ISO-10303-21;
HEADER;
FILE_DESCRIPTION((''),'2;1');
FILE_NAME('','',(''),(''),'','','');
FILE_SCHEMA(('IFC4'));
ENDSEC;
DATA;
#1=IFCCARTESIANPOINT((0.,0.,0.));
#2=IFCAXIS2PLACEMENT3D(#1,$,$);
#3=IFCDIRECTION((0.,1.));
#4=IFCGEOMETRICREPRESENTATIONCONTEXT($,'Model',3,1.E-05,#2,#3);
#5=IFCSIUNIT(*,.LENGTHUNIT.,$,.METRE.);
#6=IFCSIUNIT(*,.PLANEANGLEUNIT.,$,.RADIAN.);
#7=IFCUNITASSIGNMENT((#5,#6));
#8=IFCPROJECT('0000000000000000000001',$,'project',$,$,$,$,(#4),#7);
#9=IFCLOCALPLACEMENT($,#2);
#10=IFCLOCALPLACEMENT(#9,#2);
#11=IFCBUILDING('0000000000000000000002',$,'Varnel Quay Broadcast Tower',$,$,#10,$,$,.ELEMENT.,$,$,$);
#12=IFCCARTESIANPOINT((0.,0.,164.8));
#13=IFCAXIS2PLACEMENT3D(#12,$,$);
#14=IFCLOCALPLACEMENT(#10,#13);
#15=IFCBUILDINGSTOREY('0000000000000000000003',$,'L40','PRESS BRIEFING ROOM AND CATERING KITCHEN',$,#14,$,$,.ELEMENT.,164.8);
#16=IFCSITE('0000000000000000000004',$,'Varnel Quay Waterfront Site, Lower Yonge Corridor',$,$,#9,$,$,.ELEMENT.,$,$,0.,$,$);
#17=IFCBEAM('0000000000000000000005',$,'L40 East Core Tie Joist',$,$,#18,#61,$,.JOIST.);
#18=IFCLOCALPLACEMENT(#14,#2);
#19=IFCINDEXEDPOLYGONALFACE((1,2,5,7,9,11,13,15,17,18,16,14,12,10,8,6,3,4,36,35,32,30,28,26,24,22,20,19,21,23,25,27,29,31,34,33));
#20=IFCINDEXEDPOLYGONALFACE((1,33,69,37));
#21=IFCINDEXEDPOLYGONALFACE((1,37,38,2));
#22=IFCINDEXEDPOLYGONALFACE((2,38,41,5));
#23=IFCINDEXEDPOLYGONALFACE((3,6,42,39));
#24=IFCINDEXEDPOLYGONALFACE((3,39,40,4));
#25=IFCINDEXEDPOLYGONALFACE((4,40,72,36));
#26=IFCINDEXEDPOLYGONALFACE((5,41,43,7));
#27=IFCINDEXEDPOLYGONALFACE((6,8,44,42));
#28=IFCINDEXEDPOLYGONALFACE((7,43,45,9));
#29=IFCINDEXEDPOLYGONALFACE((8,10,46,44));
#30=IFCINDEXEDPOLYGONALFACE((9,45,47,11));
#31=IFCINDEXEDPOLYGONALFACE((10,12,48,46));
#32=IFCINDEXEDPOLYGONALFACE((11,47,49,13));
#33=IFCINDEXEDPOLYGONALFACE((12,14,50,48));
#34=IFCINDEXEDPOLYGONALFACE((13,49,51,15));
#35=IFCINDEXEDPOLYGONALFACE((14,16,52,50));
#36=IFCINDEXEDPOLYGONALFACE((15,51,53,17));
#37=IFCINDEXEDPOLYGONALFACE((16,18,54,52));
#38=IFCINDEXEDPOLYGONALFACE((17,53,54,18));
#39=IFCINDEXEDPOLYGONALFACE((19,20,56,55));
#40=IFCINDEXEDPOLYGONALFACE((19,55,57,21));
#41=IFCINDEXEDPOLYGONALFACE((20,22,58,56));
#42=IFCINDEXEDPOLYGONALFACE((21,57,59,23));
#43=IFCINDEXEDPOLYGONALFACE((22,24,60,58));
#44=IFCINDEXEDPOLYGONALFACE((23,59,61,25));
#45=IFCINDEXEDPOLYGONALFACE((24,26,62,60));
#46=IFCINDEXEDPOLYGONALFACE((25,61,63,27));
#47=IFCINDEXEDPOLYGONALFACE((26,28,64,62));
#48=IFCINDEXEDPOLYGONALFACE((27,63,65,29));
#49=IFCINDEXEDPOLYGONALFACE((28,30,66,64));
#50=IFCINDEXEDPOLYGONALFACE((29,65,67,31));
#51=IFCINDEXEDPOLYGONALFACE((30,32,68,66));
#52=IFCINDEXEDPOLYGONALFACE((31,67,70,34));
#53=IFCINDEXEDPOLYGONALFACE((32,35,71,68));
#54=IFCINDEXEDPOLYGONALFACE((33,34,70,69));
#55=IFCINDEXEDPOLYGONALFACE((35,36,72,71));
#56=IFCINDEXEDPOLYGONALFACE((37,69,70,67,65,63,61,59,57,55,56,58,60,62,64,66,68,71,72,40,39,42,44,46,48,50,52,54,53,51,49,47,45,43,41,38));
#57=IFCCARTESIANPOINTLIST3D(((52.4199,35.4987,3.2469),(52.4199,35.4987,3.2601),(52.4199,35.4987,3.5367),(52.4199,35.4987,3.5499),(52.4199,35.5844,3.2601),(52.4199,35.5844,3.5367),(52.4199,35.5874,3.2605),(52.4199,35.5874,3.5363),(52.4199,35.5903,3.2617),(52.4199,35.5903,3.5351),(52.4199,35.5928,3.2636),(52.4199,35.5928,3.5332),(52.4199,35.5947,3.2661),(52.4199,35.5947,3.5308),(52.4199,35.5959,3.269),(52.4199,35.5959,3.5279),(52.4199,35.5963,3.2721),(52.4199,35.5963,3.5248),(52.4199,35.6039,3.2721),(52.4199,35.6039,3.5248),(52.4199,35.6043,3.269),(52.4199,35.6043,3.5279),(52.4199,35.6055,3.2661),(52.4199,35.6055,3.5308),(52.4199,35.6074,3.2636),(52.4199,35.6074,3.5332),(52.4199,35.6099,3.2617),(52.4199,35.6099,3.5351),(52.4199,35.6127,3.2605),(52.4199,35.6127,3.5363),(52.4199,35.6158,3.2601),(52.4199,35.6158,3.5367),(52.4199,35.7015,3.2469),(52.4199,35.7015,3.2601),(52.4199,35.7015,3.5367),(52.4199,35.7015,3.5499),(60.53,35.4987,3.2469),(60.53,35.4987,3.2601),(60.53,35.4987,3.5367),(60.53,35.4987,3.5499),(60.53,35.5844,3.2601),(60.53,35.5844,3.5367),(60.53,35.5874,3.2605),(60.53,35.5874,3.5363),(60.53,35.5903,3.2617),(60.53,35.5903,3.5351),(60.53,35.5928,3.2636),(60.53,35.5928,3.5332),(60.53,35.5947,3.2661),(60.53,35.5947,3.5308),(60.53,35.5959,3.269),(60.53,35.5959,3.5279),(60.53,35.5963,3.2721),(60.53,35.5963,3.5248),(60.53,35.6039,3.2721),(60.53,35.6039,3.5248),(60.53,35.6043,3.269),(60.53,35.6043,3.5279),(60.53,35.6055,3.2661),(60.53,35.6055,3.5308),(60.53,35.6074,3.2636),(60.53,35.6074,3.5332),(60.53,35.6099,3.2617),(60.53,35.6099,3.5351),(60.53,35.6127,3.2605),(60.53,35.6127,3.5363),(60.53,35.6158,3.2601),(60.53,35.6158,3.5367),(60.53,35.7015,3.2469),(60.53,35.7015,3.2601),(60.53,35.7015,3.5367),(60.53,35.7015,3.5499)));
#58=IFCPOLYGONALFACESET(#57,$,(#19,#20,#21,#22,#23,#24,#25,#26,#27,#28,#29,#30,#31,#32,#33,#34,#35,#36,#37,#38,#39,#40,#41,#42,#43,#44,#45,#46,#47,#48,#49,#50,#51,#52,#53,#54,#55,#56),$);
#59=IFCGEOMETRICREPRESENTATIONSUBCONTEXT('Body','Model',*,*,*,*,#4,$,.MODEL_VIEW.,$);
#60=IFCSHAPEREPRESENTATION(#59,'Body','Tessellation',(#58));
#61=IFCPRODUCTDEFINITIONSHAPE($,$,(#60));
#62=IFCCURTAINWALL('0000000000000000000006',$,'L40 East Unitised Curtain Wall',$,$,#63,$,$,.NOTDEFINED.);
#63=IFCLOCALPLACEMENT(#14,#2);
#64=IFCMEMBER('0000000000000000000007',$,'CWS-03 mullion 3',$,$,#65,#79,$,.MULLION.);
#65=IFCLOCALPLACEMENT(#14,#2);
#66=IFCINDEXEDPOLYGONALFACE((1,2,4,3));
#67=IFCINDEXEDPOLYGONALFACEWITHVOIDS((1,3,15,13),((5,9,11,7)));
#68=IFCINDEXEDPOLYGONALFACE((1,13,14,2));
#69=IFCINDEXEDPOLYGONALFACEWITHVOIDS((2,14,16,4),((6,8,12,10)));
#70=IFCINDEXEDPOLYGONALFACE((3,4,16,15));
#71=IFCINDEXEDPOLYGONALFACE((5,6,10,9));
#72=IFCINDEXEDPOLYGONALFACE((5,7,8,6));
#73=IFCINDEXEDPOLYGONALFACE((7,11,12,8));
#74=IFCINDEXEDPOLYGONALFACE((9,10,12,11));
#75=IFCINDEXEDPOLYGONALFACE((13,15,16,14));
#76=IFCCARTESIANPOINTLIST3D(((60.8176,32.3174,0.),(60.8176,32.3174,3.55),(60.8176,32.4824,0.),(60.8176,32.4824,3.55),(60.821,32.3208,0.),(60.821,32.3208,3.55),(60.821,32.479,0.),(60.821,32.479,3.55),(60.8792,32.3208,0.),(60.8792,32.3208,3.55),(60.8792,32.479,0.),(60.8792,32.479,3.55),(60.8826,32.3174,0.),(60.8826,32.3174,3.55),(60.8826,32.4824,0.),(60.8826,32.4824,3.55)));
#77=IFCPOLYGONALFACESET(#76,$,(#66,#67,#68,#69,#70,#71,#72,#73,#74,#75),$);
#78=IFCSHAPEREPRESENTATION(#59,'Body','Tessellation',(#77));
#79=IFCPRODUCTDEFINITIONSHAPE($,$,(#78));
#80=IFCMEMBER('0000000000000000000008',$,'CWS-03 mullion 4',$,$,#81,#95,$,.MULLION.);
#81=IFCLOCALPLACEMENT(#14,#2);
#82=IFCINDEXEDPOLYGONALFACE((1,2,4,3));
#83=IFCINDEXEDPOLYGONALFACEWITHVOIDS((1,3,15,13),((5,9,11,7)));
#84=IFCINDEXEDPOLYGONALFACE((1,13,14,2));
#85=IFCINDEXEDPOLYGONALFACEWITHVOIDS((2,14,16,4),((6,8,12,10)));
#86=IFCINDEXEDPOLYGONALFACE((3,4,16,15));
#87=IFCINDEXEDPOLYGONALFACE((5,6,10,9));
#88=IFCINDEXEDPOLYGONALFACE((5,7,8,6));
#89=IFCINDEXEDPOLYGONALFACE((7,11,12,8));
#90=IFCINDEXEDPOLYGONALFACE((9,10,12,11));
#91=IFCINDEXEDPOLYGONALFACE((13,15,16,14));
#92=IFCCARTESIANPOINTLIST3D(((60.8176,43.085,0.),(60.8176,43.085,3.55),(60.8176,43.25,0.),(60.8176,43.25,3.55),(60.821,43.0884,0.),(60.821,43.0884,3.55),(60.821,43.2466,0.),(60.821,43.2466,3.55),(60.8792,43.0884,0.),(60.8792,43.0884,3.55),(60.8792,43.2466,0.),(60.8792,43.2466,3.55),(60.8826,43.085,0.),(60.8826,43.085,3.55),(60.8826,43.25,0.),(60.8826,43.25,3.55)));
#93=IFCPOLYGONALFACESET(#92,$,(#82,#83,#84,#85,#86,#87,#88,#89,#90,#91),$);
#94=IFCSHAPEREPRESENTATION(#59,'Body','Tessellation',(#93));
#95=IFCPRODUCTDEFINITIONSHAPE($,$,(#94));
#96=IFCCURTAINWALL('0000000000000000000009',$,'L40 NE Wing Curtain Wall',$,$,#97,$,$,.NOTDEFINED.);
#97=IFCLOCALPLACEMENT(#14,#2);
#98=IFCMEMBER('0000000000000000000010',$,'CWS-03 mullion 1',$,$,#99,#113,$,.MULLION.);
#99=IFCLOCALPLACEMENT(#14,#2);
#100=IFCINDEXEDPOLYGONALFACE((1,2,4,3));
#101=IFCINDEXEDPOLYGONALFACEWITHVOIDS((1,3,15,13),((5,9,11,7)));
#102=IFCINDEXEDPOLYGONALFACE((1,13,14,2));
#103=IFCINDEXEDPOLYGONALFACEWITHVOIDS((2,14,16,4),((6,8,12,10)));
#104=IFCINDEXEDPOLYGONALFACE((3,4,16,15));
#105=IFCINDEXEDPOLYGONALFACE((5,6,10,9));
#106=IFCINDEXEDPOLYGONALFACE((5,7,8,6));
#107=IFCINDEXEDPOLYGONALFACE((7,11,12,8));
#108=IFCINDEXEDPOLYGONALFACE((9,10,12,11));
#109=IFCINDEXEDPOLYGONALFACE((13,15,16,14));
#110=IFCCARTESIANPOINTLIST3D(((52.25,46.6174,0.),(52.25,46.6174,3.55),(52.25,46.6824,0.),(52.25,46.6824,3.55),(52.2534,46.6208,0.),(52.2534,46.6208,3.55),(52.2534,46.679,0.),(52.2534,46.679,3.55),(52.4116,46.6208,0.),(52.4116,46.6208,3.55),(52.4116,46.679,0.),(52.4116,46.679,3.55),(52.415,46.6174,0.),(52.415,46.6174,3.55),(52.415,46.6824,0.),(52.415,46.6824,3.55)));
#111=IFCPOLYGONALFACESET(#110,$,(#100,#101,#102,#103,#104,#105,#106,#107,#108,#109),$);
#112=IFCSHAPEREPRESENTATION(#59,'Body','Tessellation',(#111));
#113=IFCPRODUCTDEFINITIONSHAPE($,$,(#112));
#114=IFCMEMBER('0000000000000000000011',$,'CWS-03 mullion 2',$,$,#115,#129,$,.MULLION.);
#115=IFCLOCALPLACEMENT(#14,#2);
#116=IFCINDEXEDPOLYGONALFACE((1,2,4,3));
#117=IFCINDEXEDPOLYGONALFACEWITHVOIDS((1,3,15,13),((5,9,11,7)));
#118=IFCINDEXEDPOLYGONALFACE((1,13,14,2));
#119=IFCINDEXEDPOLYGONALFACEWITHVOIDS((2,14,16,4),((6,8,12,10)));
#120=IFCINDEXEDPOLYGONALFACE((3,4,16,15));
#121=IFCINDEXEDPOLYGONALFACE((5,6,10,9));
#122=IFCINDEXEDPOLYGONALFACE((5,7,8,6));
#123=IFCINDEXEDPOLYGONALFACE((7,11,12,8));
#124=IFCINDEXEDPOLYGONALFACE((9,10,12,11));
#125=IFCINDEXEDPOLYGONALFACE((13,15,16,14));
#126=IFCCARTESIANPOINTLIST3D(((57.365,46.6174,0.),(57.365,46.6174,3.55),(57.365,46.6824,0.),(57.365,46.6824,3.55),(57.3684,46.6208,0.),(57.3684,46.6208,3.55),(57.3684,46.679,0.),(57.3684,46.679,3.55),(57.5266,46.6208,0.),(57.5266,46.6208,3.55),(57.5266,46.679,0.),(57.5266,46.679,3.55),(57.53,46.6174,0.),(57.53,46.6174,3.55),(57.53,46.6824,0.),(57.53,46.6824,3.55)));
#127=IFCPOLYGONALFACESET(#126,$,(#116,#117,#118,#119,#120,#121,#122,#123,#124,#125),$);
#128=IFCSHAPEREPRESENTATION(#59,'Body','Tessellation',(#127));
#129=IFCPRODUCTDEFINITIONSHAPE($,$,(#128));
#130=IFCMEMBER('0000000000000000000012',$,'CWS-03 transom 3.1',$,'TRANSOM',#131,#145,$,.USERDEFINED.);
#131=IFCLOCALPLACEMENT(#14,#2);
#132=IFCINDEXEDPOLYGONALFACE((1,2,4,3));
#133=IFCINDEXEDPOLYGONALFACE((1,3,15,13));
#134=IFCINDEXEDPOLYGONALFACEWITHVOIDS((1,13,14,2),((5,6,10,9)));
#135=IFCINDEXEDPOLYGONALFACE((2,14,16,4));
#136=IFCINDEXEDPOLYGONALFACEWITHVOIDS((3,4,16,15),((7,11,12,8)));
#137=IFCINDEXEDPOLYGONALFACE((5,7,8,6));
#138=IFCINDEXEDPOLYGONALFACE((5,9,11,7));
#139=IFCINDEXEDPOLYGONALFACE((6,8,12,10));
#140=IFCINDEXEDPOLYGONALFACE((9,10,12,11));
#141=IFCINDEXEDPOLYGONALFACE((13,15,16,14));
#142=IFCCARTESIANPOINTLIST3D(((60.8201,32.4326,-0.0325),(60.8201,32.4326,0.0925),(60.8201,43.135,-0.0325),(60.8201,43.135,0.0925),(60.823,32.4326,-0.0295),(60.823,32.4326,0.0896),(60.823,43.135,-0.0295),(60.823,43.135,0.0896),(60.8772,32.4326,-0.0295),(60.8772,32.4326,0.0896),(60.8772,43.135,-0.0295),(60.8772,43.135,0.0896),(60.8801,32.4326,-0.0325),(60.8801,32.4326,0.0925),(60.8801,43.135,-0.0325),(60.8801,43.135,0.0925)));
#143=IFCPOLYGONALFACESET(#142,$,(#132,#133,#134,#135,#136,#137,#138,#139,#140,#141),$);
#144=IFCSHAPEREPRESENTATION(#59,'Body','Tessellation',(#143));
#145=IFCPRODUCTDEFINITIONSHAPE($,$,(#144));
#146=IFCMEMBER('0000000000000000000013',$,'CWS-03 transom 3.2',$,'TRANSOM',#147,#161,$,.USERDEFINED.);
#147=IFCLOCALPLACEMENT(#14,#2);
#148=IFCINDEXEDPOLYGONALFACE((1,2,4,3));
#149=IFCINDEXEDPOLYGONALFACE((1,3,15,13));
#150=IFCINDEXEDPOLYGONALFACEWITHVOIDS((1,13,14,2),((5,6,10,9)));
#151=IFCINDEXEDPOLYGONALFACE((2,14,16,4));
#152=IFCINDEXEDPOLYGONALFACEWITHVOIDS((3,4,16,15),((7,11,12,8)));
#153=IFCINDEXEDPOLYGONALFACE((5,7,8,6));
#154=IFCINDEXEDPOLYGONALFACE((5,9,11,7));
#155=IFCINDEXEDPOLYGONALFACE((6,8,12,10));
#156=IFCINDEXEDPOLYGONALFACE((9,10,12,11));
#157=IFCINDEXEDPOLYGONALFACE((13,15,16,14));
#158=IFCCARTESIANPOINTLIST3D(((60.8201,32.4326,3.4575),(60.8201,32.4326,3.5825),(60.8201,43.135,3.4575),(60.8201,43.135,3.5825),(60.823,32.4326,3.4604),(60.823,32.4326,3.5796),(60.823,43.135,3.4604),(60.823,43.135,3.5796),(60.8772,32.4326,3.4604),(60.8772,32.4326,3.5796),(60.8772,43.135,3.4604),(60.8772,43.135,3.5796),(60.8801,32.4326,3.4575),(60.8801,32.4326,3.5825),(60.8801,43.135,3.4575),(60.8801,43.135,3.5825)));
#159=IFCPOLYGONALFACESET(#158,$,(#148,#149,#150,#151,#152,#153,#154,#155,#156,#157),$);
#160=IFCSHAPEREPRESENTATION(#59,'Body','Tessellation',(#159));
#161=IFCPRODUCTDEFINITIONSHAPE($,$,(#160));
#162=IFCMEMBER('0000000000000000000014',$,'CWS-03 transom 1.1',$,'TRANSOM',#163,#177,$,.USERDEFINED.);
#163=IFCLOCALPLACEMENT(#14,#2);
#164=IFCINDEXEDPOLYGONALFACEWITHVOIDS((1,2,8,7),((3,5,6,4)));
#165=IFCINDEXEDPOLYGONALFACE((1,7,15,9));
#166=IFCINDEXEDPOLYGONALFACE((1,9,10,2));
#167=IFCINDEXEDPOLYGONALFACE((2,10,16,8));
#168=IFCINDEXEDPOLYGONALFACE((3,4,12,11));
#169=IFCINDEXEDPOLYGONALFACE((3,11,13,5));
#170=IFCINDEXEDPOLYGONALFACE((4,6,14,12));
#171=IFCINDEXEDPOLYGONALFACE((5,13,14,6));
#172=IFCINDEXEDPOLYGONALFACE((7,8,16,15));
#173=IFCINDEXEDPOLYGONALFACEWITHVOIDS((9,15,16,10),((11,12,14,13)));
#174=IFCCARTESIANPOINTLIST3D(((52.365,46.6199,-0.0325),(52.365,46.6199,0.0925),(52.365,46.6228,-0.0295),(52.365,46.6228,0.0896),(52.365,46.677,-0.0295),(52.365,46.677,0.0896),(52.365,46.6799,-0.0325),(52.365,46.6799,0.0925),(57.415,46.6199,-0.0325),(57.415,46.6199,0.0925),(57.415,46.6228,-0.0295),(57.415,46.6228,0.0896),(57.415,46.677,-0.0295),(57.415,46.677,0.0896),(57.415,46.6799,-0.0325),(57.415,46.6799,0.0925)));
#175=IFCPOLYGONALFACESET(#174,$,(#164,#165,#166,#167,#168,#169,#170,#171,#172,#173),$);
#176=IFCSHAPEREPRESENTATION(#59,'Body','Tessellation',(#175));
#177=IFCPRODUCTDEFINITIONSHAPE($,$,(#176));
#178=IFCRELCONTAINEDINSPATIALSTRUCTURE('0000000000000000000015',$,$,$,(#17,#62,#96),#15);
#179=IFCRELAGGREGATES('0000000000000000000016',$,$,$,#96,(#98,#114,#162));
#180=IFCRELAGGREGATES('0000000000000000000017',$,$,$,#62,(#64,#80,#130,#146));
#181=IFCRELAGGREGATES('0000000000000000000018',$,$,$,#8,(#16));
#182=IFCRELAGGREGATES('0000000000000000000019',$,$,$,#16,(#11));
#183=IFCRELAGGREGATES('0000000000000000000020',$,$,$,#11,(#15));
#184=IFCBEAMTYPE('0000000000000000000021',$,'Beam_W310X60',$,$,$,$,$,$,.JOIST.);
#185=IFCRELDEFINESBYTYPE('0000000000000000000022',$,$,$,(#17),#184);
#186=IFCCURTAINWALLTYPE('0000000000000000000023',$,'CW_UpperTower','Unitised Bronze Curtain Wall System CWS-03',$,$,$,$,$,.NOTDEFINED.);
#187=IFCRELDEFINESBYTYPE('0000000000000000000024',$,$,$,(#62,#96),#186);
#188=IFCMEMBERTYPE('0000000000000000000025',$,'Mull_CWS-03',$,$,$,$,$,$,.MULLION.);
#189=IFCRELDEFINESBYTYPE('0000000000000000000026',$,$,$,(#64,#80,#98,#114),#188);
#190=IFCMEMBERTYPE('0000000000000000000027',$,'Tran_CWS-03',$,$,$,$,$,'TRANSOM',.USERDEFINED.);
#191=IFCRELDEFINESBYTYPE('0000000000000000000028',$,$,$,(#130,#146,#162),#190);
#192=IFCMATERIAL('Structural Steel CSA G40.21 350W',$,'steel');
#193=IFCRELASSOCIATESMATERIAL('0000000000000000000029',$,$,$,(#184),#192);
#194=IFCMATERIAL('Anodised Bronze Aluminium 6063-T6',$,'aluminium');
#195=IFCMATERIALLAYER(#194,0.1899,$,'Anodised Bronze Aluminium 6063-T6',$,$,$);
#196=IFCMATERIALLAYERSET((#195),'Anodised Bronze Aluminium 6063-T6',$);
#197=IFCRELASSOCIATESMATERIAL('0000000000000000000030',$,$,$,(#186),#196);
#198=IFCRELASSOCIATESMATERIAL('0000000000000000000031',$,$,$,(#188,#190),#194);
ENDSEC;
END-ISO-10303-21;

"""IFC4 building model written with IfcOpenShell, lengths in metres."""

from ifc_helpers import new_model, si_unit, direction, frame, origin, origin_2d, place, context, subcontext, project, spatial, hollow_rectangle, i_section, extrude, source, transform, mapped, material, layer, layer_set, material_profile, profile_set, type_object, type_shapes, element, aggregate, save


model = new_model("IFC4")

# Units and contexts
model_context = context("Model", 3, precision=1e-05, world=origin(), true_north=direction((0.0, 1.0)))
body_context = subcontext(model_context, "Body", "Model", "MODEL_VIEW")
ifc_project = project(units=[si_unit("LENGTHUNIT", "METRE"), si_unit("PLANEANGLEUNIT", "RADIAN")], contexts=[model_context])

# Site, building, storey
site_placement = place(None, origin())
site = spatial("IfcSite", under=ifc_project, at=site_placement, Name="Varnel Quay Waterfront Site, Lower Yonge Corridor", CompositionType="ELEMENT", RefElevation=0.0)
building_placement = place(site_placement, origin())
building = spatial("IfcBuilding", under=site, at=building_placement, Name="Varnel Quay Broadcast Tower", CompositionType="ELEMENT")
storey_placement = place(building_placement, frame((0.0, 0.0, 164.8)))
storey = spatial("IfcBuildingStorey", under=building, at=storey_placement, Name="L40", Description="PRESS BRIEFING ROOM AND CATERING KITCHEN", CompositionType="ELEMENT", Elevation=164.8)

# Shared definitions
ifc_material_1 = material(Name="Structural Steel CSA G40.21 350W", Category="steel")

# Beam
ifc_material_profile_1 = material_profile(ifc_material_1, i_section(OverallWidth=0.2029, OverallDepth=0.303, WebThickness=0.0076, FlangeThickness=0.0132, FilletRadius=0.012, at=origin_2d()), Name="W310X60")
ifc_profile_set_1 = profile_set([ifc_material_profile_1], Name="Structural Steel CSA G40.21 350W")
beam_type_1 = type_object("IfcBeamType", Name="Beam_W310X60", PredefinedType="JOIST", material=ifc_profile_set_1)
shared_shape_1 = source(origin(), body_context, "Body", "SweptSolid", [
    extrude(i_section(OverallWidth=0.2029, OverallDepth=0.303, WebThickness=0.0076, FlangeThickness=0.0132, FilletRadius=0.012, at=origin_2d()), origin(), (0.0, 0.0, 1.0), 8.1101),
])
type_shapes(beam_type_1, [shared_shape_1])
beam_1_placement = place(storey_placement, frame((52.4199, 35.6001, 3.3984), z_axis=(1.0, 0.0, 0.0), x_axis=(0.0, 1.0, 0.0)))
element("IfcBeam", 1, at=beam_1_placement, inside=storey, type_object=beam_type_1, Name="L40 East Core Tie Joist", PredefinedType="JOIST", context=body_context, shape_type="MappedRepresentation", body=[
    mapped(shared_shape_1, transform((0.0, 0.0, 0.0), x_axis=(1.0, 0.0, 0.0), y_axis=(0.0, 1.0, 0.0), z_axis=(0.0, 0.0, 1.0), scale=1.0)),
])

# Curtain walls, members
ifc_material_2 = material(Name="Anodised Bronze Aluminium 6063-T6", Category="aluminium")
ifc_layer_1 = layer(ifc_material_2, 0.1899, Name="Anodised Bronze Aluminium 6063-T6")
ifc_layer_set_1 = layer_set([ifc_layer_1], Name="Anodised Bronze Aluminium 6063-T6")
curtain_wall_type = type_object("IfcCurtainWallType", Name="CW_UpperTower", Description="Unitised Bronze Curtain Wall System CWS-03", PredefinedType="NOTDEFINED", material=ifc_layer_set_1)
curtain_wall_1_placement = place(storey_placement, origin())
curtain_wall_1 = element("IfcCurtainWall", 2, at=curtain_wall_1_placement, inside=storey, type_object=curtain_wall_type, Name="L40 East Unitised Curtain Wall", PredefinedType="NOTDEFINED")
ifc_material_profile_2 = material_profile(ifc_material_2, hollow_rectangle(XDim=0.0649, YDim=0.165, WallThickness=0.0034, at=origin_2d()), Name="ALU65X165X3.5")
ifc_profile_set_2 = profile_set([ifc_material_profile_2], Name="Anodised Bronze Aluminium 6063-T6")
member_type_1 = type_object("IfcMemberType", Name="Mull_CWS-03", PredefinedType="MULLION", material=ifc_profile_set_2)
shared_shape_2 = source(origin(), body_context, "Body", "SweptSolid", [
    extrude(hollow_rectangle(XDim=0.0649, YDim=0.165, WallThickness=0.0034, at=origin_2d()), origin(), (0.0, 0.0, 1.0), 3.55),
])
type_shapes(member_type_1, [shared_shape_2])
member_1_placement = place(storey_placement, frame((60.8501, 32.3999, 0.0), z_axis=(0.0, 0.0, 1.0), x_axis=(-1.0, 0.0, 0.0)))
member_1 = element("IfcMember", 3, at=member_1_placement, type_object=member_type_1, Name="CWS-03 mullion 3", PredefinedType="MULLION", context=body_context, shape_type="MappedRepresentation", body=[
    mapped(shared_shape_2, transform((0.0, 0.0, 0.0), x_axis=(1.0, 0.0, 0.0), y_axis=(0.0, 1.0, 0.0), z_axis=(0.0, 0.0, 1.0), scale=1.0)),
])
member_2_placement = place(storey_placement, frame((60.8501, 43.1675, 0.0), z_axis=(0.0, 0.0, 1.0), x_axis=(-1.0, 0.0, 0.0)))
member_2 = element("IfcMember", 4, at=member_2_placement, type_object=member_type_1, Name="CWS-03 mullion 4", PredefinedType="MULLION", context=body_context, shape_type="MappedRepresentation", body=[
    mapped(shared_shape_2, transform((0.0, 0.0, 0.0), x_axis=(1.0, 0.0, 0.0), y_axis=(0.0, 1.0, 0.0), z_axis=(0.0, 0.0, 1.0), scale=1.0)),
])
curtain_wall_2_placement = place(storey_placement, origin())
curtain_wall_2 = element("IfcCurtainWall", 5, at=curtain_wall_2_placement, inside=storey, type_object=curtain_wall_type, Name="L40 NE Wing Curtain Wall", PredefinedType="NOTDEFINED")
member_3_placement = place(storey_placement, frame((52.3325, 46.6499, 0.0), z_axis=(0.0, 0.0, 1.0), x_axis=(0.0, 1.0, 0.0)))
member_3 = element("IfcMember", 6, at=member_3_placement, type_object=member_type_1, Name="CWS-03 mullion 1", PredefinedType="MULLION", context=body_context, shape_type="MappedRepresentation", body=[
    mapped(shared_shape_2, transform((0.0, 0.0, 0.0), x_axis=(1.0, 0.0, 0.0), y_axis=(0.0, 1.0, 0.0), z_axis=(0.0, 0.0, 1.0), scale=1.0)),
])
member_4_placement = place(storey_placement, frame((57.4475, 46.6499, 0.0), z_axis=(0.0, 0.0, 1.0), x_axis=(0.0, 1.0, 0.0)))
member_4 = element("IfcMember", 7, at=member_4_placement, type_object=member_type_1, Name="CWS-03 mullion 2", PredefinedType="MULLION", context=body_context, shape_type="MappedRepresentation", body=[
    mapped(shared_shape_2, transform((0.0, 0.0, 0.0), x_axis=(1.0, 0.0, 0.0), y_axis=(0.0, 1.0, 0.0), z_axis=(0.0, 0.0, 1.0), scale=1.0)),
])

# Members
ifc_material_profile_3 = material_profile(ifc_material_2, hollow_rectangle(XDim=0.0601, YDim=0.125, WallThickness=0.0029, at=origin_2d()), Name="ALU60X125X3")
ifc_profile_set_3 = profile_set([ifc_material_profile_3], Name="Anodised Bronze Aluminium 6063-T6")
member_type_2 = type_object("IfcMemberType", Name="Tran_CWS-03", ElementType="TRANSOM", PredefinedType="USERDEFINED", material=ifc_profile_set_3)
shared_shape_3 = source(origin(), body_context, "Body", "SweptSolid", [
    extrude(hollow_rectangle(XDim=0.0601, YDim=0.125, WallThickness=0.0029, at=origin_2d()), origin(), (0.0, 0.0, 1.0), 10.7024),
])
member_5_placement = place(storey_placement, frame((60.8501, 32.4326, 0.03), z_axis=(0.0, 1.0, 0.0), x_axis=(-1.0, 0.0, 0.0)))
member_5 = element("IfcMember", 8, at=member_5_placement, type_object=member_type_2, Name="CWS-03 transom 3.1", ObjectType="TRANSOM", PredefinedType="USERDEFINED", context=body_context, shape_type="MappedRepresentation", body=[
    mapped(shared_shape_3, transform((0.0, 0.0, 0.0), x_axis=(1.0, 0.0, 0.0), y_axis=(0.0, 1.0, 0.0), z_axis=(0.0, 0.0, 1.0), scale=1.0)),
])
member_6_placement = place(storey_placement, frame((60.8501, 32.4326, 3.52), z_axis=(0.0, 1.0, 0.0), x_axis=(-1.0, 0.0, 0.0)))
member_6 = element("IfcMember", 9, at=member_6_placement, type_object=member_type_2, Name="CWS-03 transom 3.2", ObjectType="TRANSOM", PredefinedType="USERDEFINED", context=body_context, shape_type="MappedRepresentation", body=[
    mapped(shared_shape_3, transform((0.0, 0.0, 0.0), x_axis=(1.0, 0.0, 0.0), y_axis=(0.0, 1.0, 0.0), z_axis=(0.0, 0.0, 1.0), scale=1.0)),
])
shared_shape_4 = source(origin(), body_context, "Body", "SweptSolid", [
    extrude(hollow_rectangle(XDim=0.0601, YDim=0.125, WallThickness=0.0029, at=origin_2d()), origin(), (0.0, 0.0, 1.0), 5.05),
])
type_shapes(member_type_2, [shared_shape_3, shared_shape_4])
member_7_placement = place(storey_placement, frame((52.365, 46.6499, 0.03), z_axis=(1.0, 0.0, 0.0), x_axis=(0.0, 1.0, 0.0)))
member_7 = element("IfcMember", 10, at=member_7_placement, type_object=member_type_2, Name="CWS-03 transom 1.1", ObjectType="TRANSOM", PredefinedType="USERDEFINED", context=body_context, shape_type="MappedRepresentation", body=[
    mapped(shared_shape_4, transform((0.0, 0.0, 0.0), x_axis=(1.0, 0.0, 0.0), y_axis=(0.0, 1.0, 0.0), z_axis=(0.0, 0.0, 1.0), scale=1.0)),
])

aggregate(curtain_wall_2, [member_3, member_4, member_7])
aggregate(curtain_wall_1, [member_1, member_2, member_5, member_6])

save(model, "model.ifc")
